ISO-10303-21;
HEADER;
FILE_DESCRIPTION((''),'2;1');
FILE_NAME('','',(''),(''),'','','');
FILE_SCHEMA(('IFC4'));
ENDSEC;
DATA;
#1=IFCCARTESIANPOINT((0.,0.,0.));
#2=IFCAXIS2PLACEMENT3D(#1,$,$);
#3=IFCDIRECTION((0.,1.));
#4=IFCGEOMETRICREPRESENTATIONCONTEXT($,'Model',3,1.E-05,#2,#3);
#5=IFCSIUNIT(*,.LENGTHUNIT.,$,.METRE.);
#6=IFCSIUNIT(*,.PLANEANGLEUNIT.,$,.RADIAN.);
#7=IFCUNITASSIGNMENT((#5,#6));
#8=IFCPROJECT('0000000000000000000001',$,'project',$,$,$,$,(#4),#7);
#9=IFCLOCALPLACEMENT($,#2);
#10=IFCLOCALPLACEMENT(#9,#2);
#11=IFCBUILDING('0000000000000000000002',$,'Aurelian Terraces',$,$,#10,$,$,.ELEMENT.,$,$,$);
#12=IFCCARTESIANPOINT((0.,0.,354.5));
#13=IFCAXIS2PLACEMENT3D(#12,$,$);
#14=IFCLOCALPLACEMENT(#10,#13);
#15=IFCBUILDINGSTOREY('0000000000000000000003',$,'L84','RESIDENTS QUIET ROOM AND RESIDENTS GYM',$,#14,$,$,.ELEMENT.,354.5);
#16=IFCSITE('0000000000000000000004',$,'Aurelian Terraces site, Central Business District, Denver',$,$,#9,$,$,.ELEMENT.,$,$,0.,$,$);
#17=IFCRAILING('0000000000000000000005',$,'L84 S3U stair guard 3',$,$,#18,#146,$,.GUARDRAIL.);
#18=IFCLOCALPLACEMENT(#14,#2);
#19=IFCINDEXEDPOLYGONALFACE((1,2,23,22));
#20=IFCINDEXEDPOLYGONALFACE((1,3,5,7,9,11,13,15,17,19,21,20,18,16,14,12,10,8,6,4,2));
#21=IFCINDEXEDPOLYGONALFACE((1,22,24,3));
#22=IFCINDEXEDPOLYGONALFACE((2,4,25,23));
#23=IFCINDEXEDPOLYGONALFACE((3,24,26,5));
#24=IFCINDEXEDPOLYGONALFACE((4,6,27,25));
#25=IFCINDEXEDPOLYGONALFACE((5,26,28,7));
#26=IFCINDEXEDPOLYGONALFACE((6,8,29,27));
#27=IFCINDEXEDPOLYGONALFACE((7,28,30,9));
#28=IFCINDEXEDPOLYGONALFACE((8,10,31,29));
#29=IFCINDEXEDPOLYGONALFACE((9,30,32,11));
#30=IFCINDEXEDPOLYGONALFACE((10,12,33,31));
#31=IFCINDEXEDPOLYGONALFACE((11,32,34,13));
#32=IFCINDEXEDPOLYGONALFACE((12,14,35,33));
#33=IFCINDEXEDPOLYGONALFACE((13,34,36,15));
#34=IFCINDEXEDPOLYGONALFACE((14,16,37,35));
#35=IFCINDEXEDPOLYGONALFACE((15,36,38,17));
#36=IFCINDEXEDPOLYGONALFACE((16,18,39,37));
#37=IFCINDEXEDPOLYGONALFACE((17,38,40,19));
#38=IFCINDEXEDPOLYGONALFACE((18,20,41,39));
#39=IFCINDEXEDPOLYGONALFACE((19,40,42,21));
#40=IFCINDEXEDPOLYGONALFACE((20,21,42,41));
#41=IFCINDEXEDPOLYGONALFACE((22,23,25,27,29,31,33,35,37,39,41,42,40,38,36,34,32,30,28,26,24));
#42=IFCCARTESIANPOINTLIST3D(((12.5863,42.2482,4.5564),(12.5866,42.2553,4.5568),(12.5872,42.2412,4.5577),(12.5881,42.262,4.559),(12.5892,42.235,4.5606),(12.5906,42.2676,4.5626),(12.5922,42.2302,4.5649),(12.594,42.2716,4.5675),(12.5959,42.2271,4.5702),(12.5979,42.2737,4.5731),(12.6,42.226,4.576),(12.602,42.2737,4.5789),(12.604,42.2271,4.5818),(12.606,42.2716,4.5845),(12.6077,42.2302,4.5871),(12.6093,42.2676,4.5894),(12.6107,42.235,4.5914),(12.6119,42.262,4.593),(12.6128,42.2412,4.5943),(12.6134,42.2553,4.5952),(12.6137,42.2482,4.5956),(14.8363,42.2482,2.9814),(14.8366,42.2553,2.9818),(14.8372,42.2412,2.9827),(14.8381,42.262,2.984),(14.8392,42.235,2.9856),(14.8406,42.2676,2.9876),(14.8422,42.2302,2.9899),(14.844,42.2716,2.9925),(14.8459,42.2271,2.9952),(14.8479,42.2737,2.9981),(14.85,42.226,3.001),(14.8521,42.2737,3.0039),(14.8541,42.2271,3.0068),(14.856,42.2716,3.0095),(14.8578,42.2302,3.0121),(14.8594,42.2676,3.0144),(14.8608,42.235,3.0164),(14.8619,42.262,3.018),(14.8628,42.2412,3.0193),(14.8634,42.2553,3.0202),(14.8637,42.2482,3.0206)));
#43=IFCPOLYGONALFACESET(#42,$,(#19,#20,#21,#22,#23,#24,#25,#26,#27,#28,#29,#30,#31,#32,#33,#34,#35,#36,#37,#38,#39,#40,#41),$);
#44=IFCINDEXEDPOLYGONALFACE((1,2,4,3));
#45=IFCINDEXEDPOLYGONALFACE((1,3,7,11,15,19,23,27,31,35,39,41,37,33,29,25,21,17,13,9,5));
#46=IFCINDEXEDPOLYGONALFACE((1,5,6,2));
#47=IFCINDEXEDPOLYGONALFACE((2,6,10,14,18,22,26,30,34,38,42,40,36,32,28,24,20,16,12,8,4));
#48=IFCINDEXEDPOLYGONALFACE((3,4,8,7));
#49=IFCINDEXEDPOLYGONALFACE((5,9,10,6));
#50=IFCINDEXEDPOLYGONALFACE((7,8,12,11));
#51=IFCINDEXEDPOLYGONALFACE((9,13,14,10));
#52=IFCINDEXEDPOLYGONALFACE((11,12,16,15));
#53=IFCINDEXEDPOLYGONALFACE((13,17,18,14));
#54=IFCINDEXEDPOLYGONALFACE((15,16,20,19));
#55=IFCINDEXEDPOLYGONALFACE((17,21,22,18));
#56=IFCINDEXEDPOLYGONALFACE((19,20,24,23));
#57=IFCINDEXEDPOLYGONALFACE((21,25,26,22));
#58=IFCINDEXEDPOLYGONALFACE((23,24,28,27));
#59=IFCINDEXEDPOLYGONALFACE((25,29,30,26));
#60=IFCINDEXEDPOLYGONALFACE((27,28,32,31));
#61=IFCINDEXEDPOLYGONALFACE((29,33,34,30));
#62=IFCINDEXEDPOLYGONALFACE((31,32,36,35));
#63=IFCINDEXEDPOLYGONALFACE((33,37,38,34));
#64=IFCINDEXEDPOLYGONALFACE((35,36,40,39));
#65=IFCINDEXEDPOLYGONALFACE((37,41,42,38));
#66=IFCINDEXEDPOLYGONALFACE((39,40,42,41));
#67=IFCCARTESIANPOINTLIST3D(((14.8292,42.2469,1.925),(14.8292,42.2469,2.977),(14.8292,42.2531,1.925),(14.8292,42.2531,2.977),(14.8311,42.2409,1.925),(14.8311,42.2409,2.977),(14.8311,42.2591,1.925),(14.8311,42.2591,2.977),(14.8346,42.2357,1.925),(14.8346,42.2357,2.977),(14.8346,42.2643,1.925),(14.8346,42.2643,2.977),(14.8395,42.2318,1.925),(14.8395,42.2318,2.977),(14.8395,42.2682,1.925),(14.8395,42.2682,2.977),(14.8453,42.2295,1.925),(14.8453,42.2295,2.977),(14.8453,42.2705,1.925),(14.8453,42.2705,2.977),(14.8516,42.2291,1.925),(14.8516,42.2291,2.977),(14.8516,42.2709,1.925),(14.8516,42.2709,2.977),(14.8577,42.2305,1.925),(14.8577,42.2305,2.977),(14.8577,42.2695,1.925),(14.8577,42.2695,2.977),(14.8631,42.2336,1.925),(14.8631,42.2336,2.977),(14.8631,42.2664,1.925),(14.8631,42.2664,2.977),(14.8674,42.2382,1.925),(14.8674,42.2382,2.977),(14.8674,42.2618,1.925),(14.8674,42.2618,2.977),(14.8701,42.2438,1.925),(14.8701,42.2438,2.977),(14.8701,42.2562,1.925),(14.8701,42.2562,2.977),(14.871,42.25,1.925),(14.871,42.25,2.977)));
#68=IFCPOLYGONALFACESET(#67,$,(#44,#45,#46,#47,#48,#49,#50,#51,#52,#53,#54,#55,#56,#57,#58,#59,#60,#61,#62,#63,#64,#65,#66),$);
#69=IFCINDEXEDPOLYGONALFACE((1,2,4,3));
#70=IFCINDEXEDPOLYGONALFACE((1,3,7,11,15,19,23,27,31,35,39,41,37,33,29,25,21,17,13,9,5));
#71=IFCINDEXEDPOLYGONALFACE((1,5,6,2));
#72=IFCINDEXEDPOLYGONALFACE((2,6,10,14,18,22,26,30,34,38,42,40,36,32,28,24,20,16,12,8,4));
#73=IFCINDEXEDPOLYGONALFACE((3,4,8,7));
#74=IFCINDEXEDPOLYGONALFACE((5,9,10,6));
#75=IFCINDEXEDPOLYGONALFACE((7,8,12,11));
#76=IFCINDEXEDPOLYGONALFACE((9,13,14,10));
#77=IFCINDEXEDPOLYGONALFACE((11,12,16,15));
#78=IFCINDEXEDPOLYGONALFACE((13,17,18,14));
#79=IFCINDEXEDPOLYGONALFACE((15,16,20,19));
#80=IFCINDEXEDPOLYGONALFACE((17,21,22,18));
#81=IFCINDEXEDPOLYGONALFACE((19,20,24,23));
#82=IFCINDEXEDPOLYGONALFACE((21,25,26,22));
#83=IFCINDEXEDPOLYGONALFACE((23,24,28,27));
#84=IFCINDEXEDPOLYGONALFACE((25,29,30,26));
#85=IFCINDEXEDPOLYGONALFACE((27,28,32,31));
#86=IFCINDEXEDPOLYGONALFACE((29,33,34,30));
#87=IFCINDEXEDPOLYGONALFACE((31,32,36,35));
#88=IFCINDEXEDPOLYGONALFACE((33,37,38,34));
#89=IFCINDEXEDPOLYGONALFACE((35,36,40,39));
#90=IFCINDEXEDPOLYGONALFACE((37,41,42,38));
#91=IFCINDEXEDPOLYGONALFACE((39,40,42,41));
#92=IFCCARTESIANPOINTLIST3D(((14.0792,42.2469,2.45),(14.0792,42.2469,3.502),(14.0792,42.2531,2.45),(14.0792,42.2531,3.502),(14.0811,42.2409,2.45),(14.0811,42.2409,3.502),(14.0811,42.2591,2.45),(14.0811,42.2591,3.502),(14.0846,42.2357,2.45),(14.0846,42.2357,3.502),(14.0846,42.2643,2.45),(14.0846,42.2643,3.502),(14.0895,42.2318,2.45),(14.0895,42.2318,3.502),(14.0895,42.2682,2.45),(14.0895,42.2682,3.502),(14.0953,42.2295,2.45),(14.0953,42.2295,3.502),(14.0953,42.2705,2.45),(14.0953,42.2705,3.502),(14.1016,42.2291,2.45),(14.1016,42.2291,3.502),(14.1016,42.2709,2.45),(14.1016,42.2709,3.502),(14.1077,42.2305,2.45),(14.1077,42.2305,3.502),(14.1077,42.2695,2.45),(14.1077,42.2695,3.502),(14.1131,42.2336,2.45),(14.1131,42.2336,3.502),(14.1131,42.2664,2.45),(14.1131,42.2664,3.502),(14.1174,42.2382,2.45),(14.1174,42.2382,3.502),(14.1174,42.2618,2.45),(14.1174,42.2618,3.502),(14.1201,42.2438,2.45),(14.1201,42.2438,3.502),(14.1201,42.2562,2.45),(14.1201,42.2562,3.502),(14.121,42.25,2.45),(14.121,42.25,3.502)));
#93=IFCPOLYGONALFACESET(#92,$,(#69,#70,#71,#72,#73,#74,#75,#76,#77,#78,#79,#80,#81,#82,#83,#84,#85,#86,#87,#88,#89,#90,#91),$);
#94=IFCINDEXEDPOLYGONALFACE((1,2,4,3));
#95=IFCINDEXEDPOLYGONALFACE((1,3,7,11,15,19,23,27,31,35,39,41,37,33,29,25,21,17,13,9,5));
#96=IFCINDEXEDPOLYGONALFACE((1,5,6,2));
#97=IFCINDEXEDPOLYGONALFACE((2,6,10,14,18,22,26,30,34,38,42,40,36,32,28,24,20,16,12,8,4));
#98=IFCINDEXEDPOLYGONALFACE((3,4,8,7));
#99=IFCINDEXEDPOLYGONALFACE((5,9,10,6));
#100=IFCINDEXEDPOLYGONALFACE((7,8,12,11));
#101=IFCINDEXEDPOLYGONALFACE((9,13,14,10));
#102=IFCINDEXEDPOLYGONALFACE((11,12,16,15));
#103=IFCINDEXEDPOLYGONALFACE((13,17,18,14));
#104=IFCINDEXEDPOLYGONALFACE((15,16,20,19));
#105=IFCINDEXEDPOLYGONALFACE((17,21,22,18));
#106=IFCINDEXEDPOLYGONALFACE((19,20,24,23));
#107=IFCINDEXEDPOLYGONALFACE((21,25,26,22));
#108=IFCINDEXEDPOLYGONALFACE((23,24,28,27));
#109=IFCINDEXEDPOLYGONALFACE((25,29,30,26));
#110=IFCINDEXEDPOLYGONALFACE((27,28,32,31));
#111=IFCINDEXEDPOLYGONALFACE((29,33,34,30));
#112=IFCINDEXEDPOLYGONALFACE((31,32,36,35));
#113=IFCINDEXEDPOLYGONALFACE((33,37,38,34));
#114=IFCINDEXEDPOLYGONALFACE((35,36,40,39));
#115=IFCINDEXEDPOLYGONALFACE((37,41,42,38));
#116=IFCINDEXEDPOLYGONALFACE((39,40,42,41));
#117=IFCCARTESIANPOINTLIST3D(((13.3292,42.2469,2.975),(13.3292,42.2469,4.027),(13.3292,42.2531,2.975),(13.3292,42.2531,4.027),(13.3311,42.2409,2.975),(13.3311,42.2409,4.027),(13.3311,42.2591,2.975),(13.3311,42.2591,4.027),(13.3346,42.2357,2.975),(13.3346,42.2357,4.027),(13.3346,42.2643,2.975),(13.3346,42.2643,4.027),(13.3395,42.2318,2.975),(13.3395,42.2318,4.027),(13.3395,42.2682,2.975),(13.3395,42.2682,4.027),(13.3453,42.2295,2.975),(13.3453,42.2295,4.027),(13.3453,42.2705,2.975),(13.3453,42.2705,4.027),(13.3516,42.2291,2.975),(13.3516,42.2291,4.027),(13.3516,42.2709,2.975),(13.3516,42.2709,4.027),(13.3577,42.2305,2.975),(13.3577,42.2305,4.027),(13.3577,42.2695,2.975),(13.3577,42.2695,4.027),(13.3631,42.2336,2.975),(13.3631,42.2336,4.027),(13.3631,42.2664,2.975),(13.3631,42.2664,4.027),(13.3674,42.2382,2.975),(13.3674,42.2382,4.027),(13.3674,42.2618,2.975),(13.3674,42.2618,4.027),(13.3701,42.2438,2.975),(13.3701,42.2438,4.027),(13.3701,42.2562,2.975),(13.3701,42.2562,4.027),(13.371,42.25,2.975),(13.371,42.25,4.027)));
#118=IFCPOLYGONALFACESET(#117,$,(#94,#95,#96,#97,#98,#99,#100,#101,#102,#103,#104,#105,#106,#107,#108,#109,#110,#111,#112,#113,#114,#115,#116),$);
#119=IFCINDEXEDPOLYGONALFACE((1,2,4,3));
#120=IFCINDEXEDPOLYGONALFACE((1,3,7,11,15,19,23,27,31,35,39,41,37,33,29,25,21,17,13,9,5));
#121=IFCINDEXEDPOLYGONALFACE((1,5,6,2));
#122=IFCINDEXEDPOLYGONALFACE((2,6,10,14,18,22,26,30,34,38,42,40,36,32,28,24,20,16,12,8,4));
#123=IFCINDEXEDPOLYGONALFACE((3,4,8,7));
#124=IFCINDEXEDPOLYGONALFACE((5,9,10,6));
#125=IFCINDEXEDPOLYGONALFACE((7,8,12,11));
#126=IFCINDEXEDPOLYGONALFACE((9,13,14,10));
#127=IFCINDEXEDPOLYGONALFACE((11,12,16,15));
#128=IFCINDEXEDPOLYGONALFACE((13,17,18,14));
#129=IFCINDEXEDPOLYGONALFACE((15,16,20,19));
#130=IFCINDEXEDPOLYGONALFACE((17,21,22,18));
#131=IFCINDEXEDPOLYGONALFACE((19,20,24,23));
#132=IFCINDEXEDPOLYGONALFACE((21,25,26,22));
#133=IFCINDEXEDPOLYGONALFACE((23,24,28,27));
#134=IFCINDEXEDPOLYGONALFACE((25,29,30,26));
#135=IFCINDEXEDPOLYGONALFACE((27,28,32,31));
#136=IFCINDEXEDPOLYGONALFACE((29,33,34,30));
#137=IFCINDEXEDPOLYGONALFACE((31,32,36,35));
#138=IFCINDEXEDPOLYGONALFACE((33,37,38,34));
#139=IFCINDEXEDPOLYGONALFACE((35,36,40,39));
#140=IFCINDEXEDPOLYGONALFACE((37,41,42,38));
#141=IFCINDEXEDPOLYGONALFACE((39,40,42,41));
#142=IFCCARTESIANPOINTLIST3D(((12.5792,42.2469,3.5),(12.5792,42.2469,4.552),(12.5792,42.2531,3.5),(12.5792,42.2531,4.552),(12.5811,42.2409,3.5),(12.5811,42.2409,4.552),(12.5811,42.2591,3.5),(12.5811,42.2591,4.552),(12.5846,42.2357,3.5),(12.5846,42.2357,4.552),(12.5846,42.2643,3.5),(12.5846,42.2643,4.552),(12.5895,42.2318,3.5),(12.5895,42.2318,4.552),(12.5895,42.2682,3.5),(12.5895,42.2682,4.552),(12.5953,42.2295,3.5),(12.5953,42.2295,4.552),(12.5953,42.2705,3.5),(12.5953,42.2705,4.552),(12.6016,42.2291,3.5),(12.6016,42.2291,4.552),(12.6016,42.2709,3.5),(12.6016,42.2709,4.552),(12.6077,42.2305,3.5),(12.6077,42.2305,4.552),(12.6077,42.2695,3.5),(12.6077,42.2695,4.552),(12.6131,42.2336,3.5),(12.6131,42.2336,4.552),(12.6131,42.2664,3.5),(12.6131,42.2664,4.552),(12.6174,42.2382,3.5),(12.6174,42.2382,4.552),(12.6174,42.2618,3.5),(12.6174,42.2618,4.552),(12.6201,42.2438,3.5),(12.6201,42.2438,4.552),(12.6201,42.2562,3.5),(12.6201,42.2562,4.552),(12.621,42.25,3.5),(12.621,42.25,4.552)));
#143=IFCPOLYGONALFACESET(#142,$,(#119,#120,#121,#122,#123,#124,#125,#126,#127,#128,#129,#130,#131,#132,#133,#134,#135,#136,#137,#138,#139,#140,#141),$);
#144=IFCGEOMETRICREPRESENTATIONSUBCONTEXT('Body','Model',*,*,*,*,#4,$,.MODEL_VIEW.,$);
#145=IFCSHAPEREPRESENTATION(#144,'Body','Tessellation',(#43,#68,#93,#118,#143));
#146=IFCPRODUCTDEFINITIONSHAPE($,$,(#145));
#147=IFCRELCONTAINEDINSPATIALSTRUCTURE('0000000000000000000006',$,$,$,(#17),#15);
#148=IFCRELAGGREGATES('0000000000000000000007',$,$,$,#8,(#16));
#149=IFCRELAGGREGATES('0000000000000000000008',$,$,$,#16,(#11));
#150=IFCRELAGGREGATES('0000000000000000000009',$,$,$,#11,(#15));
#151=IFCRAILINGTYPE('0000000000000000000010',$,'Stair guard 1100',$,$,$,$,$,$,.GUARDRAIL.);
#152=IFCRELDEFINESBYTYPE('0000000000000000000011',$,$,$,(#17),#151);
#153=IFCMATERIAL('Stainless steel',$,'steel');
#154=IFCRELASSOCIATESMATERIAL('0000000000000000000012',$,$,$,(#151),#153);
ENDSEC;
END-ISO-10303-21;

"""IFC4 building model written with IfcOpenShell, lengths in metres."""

from ifc_helpers import new_model, si_unit, direction, frame, origin, origin_2d, place, context, subcontext, project, spatial, circle, extrude, source, transform, mapped, material, type_object, element, save


model = new_model("IFC4")

# Units and contexts
model_context = context("Model", 3, precision=1e-05, world=origin(), true_north=direction((0.0, 1.0)))
body_context = subcontext(model_context, "Body", "Model", "MODEL_VIEW")
ifc_project = project(units=[si_unit("LENGTHUNIT", "METRE"), si_unit("PLANEANGLEUNIT", "RADIAN")], contexts=[model_context])

# Site, building, storey
site_placement = place(None, origin())
site = spatial("IfcSite", under=ifc_project, at=site_placement, Name="Aurelian Terraces site, Central Business District, Denver", CompositionType="ELEMENT", RefElevation=0.0)
building_placement = place(site_placement, origin())
building = spatial("IfcBuilding", under=site, at=building_placement, Name="Aurelian Terraces", CompositionType="ELEMENT")
storey_placement = place(building_placement, frame((0.0, 0.0, 354.5)))
storey = spatial("IfcBuildingStorey", under=building, at=storey_placement, Name="L84", Description="RESIDENTS QUIET ROOM AND RESIDENTS GYM", CompositionType="ELEMENT", Elevation=354.5)

# Railing
ifc_material_1 = material(Name="Stainless steel", Category="steel")
railing_type_1 = type_object("IfcRailingType", Name="Stair guard 1100", PredefinedType="GUARDRAIL", material=ifc_material_1)
shared_shape_1 = source(origin(), body_context, "Body", "SweptSolid", [
    extrude(circle(Radius=0.024, at=origin_2d()), frame((0.0, 0.0, 1.076), z_axis=(-0.819232, 0.0, 0.573462), x_axis=(0.0, -1.0, 0.0)), (0.0, 0.0, 1.0), 2.7465),
    extrude(circle(Radius=0.021, at=origin_2d()), origin(), (0.0, 0.0, 1.0), 1.052),
    extrude(circle(Radius=0.021, at=origin_2d()), frame((-0.75, 0.0, 0.525)), (0.0, 0.0, 1.0), 1.052),
    extrude(circle(Radius=0.021, at=origin_2d()), frame((-1.5, 0.0, 1.05)), (0.0, 0.0, 1.0), 1.052),
    extrude(circle(Radius=0.021, at=origin_2d()), frame((-2.25, 0.0, 1.575)), (0.0, 0.0, 1.0), 1.052),
])
railing_1_placement = place(storey_placement, frame((14.85, 42.25, 1.925)))
element("IfcRailing", 1, at=railing_1_placement, inside=storey, type_object=railing_type_1, Name="L84 S3U stair guard 3", PredefinedType="GUARDRAIL", context=body_context, shape_type="MappedRepresentation", body=[
    mapped(shared_shape_1, transform((0.0, 0.0, 0.0), scale=1.0)),
])

save(model, "model.ifc")
